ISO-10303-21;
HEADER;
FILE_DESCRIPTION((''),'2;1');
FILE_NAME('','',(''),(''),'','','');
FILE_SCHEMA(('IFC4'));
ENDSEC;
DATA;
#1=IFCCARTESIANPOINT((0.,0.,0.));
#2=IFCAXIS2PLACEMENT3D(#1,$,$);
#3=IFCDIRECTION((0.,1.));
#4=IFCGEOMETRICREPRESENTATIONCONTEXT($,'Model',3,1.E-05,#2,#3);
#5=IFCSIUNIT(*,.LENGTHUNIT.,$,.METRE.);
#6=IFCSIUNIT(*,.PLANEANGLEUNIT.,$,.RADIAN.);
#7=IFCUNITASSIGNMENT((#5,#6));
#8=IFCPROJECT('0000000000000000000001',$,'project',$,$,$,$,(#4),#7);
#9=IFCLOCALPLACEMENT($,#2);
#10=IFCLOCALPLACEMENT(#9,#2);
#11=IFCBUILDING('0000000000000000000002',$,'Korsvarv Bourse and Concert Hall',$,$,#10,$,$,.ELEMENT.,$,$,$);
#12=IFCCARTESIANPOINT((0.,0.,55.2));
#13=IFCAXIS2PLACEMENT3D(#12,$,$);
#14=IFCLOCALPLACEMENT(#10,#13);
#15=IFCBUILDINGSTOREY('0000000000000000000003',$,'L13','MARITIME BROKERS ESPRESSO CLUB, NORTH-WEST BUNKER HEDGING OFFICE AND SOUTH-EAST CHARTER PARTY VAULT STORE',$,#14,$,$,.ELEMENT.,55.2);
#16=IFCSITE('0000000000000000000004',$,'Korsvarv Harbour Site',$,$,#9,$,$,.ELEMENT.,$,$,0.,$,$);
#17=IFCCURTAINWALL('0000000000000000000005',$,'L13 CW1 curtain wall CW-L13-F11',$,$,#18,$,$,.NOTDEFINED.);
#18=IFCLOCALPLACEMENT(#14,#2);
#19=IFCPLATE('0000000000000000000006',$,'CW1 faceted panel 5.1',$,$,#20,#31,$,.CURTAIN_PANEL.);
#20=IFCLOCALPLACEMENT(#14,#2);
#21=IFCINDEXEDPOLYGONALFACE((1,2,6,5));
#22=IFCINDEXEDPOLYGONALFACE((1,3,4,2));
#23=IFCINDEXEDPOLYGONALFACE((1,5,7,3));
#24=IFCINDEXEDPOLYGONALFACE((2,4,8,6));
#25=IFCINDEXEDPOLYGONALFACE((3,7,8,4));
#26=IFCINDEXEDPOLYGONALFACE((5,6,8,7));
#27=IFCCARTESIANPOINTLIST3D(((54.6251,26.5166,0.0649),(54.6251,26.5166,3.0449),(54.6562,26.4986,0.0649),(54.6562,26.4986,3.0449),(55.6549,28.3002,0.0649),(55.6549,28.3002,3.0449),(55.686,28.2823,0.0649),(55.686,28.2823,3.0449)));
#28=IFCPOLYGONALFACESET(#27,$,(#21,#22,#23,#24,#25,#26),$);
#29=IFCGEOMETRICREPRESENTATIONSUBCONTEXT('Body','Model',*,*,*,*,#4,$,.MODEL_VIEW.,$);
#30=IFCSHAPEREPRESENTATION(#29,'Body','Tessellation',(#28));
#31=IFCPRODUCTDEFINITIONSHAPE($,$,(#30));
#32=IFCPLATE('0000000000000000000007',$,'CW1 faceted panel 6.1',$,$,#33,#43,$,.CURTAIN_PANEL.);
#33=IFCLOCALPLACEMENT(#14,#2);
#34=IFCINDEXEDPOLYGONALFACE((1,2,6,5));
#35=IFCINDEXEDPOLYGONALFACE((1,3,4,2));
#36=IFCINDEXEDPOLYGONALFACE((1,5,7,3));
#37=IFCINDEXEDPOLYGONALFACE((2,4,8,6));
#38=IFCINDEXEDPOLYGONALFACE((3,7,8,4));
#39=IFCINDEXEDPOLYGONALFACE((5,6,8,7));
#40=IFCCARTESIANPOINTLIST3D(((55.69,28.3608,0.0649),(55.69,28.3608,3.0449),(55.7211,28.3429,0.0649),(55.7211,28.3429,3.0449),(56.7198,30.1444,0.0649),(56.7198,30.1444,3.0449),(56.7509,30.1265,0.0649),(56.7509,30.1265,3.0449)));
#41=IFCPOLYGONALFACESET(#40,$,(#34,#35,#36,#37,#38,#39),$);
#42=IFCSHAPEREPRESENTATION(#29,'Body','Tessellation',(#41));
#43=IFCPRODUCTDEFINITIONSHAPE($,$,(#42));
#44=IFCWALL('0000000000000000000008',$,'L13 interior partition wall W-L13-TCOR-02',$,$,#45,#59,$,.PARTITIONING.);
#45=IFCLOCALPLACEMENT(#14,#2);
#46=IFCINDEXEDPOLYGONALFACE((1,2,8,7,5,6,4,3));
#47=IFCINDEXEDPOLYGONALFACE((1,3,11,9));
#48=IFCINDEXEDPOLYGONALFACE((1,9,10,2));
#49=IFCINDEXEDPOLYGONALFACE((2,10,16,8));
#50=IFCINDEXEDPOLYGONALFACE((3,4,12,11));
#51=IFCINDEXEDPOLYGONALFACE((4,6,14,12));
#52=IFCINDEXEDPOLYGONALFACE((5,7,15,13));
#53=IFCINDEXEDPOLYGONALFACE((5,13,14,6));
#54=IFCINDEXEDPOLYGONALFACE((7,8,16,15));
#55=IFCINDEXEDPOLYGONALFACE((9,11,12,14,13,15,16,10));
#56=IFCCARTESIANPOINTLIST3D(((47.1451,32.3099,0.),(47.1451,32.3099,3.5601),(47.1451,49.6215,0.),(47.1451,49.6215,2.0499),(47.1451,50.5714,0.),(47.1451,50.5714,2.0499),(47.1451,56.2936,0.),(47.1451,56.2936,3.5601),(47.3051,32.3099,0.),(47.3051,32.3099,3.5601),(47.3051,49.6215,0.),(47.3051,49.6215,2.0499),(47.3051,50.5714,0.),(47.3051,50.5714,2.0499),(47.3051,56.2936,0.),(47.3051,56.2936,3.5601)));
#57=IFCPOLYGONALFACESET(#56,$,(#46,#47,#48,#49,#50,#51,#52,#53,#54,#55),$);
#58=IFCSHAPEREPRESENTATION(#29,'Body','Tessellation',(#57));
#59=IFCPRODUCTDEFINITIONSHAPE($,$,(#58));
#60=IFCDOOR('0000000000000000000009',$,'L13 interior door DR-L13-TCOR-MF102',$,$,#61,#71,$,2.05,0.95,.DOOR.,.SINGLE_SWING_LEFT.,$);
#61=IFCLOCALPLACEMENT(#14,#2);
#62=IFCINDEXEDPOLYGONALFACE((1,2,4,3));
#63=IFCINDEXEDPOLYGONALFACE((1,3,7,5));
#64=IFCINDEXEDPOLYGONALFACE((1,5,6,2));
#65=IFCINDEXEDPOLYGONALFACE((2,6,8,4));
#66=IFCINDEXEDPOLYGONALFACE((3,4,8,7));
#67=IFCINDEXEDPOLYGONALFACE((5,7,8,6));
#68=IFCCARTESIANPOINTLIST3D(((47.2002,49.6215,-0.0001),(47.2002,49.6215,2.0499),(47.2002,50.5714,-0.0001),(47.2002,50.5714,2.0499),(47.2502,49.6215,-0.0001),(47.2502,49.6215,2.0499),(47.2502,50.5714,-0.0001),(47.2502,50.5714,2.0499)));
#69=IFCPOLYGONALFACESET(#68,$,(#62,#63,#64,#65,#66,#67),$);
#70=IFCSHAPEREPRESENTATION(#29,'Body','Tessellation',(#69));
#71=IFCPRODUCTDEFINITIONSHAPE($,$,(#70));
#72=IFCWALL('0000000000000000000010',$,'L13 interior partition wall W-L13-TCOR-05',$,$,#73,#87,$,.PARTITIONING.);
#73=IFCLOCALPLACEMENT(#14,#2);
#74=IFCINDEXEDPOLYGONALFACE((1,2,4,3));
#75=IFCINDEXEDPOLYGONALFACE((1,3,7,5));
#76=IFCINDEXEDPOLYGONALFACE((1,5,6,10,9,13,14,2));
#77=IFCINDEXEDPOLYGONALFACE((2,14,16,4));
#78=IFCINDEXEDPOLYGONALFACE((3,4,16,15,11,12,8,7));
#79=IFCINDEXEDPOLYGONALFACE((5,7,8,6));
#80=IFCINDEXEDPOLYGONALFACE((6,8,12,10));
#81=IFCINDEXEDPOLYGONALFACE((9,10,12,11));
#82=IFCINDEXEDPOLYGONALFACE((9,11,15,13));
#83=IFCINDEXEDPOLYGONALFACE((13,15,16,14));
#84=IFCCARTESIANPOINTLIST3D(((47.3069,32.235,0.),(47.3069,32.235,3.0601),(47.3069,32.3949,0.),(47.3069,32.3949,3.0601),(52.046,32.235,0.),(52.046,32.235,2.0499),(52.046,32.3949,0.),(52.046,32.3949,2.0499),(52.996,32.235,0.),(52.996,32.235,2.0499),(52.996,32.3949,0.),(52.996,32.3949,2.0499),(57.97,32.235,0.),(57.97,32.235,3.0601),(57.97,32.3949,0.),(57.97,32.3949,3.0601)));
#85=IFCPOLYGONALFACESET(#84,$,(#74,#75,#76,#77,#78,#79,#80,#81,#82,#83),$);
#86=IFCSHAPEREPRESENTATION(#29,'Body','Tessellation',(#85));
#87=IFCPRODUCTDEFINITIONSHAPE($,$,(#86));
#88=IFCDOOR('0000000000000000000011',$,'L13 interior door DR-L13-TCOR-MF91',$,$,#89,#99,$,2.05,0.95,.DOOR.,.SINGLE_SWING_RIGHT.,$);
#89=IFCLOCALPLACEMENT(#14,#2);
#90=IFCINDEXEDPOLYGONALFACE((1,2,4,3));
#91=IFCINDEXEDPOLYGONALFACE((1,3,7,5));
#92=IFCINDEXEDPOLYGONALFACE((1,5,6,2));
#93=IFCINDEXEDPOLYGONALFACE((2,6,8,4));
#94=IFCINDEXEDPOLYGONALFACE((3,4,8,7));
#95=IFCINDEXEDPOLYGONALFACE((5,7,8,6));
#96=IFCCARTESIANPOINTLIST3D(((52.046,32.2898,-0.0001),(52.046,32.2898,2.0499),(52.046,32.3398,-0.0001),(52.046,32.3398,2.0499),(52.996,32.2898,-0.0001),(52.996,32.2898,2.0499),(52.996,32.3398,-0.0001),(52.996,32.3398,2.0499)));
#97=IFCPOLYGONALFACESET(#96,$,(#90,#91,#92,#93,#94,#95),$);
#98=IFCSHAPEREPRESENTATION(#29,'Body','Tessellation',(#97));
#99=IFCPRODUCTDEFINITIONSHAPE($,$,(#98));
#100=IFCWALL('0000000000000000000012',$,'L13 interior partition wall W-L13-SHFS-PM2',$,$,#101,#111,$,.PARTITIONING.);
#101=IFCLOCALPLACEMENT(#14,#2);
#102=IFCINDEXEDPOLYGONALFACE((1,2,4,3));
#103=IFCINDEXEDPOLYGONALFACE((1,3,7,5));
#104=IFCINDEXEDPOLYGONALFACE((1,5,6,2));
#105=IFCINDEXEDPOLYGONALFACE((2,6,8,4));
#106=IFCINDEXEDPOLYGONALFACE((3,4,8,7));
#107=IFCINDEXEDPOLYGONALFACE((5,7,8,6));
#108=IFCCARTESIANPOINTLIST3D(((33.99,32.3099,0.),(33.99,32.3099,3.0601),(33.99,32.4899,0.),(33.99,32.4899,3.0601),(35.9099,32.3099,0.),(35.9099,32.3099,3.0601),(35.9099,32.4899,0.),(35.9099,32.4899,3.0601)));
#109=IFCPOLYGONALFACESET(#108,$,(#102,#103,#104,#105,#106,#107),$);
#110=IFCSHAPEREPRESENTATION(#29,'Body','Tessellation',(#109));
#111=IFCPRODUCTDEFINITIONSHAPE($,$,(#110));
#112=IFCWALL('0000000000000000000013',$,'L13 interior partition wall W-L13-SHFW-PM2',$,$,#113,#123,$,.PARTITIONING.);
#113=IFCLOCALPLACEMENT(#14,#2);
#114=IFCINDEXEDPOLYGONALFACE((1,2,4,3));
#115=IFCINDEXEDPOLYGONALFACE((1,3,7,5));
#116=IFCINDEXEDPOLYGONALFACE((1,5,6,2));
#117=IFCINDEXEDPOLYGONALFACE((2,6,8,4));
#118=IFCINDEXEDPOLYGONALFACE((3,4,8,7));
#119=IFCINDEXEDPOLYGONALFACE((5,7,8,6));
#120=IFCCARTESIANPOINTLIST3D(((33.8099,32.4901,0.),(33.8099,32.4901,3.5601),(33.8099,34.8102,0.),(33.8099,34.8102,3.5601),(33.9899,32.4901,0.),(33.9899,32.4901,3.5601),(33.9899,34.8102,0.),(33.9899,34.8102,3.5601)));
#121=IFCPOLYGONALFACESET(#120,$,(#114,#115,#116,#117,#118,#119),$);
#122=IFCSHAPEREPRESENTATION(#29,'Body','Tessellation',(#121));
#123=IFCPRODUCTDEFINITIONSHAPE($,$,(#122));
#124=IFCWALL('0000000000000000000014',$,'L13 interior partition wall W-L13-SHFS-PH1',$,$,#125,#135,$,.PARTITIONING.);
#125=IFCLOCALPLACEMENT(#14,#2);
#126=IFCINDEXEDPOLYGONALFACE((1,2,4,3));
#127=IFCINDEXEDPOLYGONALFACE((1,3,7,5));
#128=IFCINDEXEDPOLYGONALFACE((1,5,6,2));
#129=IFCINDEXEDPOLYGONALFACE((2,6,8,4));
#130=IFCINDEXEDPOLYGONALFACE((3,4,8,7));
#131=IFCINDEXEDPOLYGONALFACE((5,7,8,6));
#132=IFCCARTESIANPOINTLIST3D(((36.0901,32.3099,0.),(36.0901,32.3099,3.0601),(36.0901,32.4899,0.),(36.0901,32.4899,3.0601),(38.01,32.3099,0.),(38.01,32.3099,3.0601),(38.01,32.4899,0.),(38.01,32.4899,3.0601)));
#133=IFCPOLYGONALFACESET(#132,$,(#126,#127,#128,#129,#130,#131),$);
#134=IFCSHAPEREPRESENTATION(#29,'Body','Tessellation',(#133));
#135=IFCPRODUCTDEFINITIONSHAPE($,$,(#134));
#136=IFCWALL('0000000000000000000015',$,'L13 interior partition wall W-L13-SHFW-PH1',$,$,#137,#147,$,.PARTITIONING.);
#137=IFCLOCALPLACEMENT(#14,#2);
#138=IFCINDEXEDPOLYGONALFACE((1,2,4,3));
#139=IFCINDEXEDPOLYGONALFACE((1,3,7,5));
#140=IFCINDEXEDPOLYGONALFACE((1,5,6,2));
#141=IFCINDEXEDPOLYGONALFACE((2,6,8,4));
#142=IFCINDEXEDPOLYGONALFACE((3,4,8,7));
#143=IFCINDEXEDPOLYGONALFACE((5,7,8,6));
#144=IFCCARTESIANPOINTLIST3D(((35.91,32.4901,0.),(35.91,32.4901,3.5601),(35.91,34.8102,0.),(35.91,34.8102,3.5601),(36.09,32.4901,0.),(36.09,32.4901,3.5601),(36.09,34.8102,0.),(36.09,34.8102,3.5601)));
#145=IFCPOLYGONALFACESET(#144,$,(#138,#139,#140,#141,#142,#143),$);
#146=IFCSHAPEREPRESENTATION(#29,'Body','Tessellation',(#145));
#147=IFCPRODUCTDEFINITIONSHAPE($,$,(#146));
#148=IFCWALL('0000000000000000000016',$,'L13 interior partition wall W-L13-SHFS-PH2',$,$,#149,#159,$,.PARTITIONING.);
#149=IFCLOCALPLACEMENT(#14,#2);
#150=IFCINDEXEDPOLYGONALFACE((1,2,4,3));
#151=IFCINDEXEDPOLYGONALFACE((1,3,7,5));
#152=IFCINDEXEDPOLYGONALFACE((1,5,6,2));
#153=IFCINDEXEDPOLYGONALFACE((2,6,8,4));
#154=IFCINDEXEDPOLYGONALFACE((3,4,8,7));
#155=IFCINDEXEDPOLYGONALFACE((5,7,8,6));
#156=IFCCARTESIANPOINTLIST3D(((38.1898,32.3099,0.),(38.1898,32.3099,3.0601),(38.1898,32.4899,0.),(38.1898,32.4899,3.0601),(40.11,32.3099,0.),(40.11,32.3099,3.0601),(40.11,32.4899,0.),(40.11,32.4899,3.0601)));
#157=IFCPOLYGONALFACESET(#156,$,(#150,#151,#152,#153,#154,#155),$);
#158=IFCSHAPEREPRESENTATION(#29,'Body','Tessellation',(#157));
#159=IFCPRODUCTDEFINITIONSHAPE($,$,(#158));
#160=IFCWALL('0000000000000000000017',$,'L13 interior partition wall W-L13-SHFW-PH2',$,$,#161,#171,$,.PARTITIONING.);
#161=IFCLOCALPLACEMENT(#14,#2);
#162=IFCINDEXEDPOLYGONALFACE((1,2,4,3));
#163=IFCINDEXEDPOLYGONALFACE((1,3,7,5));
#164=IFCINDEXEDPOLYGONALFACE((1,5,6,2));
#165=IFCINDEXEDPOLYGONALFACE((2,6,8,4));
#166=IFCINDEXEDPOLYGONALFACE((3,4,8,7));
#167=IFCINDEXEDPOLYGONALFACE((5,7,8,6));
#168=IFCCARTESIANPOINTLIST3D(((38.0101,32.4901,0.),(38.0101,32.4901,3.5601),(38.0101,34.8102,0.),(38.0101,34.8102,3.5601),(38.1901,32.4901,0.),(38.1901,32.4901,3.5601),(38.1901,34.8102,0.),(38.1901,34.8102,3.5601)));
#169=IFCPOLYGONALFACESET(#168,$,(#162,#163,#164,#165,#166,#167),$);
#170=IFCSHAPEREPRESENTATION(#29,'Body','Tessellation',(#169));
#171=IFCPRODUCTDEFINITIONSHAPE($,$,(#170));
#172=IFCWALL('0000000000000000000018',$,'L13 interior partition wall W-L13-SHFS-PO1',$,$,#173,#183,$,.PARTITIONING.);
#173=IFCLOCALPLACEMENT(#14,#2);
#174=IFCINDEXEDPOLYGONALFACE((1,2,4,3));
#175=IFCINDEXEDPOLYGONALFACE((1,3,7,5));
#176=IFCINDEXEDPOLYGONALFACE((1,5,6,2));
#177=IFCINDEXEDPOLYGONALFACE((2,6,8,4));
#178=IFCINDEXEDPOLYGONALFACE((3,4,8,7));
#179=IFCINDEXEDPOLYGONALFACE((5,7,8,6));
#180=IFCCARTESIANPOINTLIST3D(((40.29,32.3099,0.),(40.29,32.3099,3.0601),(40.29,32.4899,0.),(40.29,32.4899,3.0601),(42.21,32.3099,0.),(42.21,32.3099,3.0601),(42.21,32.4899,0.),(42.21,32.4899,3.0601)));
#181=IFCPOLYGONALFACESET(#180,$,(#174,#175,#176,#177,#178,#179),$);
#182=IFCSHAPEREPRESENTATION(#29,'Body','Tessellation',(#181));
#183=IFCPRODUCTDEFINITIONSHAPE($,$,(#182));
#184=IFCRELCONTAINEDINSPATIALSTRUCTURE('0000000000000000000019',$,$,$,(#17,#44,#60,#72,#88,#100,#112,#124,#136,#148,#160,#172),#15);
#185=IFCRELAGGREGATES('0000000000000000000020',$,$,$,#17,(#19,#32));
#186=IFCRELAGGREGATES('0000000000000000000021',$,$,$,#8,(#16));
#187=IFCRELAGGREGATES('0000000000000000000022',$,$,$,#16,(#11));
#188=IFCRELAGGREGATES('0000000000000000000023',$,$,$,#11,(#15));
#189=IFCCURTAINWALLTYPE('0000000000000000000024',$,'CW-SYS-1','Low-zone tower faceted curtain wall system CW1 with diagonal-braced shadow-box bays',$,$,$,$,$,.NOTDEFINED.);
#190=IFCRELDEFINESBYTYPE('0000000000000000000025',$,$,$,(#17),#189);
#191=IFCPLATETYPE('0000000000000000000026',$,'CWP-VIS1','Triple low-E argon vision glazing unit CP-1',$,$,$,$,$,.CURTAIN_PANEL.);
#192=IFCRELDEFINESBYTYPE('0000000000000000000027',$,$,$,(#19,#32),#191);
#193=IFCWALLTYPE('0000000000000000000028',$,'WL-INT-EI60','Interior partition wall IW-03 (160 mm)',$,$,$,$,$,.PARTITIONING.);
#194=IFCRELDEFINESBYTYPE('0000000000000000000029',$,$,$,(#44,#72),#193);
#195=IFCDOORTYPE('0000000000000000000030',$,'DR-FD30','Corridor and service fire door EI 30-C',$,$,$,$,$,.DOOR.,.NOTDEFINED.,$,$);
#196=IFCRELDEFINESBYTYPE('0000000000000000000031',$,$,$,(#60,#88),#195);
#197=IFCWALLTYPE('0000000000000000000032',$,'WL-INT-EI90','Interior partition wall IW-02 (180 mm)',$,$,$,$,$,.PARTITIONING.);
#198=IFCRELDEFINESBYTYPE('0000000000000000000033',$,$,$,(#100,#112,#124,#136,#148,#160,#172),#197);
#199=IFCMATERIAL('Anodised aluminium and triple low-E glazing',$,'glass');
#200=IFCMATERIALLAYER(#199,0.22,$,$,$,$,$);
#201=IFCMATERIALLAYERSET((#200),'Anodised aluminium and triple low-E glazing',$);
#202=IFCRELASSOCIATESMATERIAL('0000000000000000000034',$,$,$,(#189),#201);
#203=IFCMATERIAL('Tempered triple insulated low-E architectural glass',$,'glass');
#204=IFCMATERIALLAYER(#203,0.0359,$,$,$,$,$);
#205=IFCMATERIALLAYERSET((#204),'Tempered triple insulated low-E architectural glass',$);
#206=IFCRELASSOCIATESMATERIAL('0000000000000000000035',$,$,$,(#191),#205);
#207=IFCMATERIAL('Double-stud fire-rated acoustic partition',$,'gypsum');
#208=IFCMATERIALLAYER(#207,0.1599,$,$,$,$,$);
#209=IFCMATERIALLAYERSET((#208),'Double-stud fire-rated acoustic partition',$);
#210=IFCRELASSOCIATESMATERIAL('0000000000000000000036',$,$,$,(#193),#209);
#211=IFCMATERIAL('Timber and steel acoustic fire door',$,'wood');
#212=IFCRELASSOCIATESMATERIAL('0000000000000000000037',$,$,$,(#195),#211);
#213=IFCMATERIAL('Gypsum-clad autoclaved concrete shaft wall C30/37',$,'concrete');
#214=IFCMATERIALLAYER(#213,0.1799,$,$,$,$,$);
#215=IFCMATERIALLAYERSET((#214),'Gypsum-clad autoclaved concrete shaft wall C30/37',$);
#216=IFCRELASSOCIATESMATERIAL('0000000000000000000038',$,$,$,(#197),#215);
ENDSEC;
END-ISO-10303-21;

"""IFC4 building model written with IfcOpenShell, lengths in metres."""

from ifc_helpers import new_model, si_unit, direction, frame, frame_2d, origin, origin_2d, place, context, subcontext, project, spatial, rectangle, extrude, source, transform, mapped, material, layer, layer_set, type_object, element, fill, aggregate, save


model = new_model("IFC4")

# Units and contexts
model_context = context("Model", 3, precision=1e-05, world=origin(), true_north=direction((0.0, 1.0)))
body_context = subcontext(model_context, "Body", "Model", "MODEL_VIEW")
ifc_project = project(units=[si_unit("LENGTHUNIT", "METRE"), si_unit("PLANEANGLEUNIT", "RADIAN")], contexts=[model_context])

# Site, building, storey
site_placement = place(None, origin())
site = spatial("IfcSite", under=ifc_project, at=site_placement, Name="Korsvarv Harbour Site", CompositionType="ELEMENT", RefElevation=0.0)
building_placement = place(site_placement, origin())
building = spatial("IfcBuilding", under=site, at=building_placement, Name="Korsvarv Bourse and Concert Hall", CompositionType="ELEMENT")
storey_placement = place(building_placement, frame((0.0, 0.0, 55.2)))
storey = spatial("IfcBuildingStorey", under=building, at=storey_placement, Name="L13", Description="MARITIME BROKERS ESPRESSO CLUB, NORTH-WEST BUNKER HEDGING OFFICE AND SOUTH-EAST CHARTER PARTY VAULT STORE", CompositionType="ELEMENT", Elevation=55.2)

# Curtain wall, plates
ifc_material_1 = material(Name="Anodised aluminium and triple low-E glazing", Category="glass")
ifc_layer_1 = layer(ifc_material_1, 0.22)
ifc_layer_set_1 = layer_set([ifc_layer_1], Name="Anodised aluminium and triple low-E glazing")
curtain_wall_type = type_object("IfcCurtainWallType", Name="CW-SYS-1", Description="Low-zone tower faceted curtain wall system CW1 with diagonal-braced shadow-box bays", PredefinedType="NOTDEFINED", material=ifc_layer_set_1)
curtain_wall_placement = place(storey_placement, origin())
curtain_wall = element("IfcCurtainWall", 1, at=curtain_wall_placement, inside=storey, type_object=curtain_wall_type, Name="L13 CW1 curtain wall CW-L13-F11", PredefinedType="NOTDEFINED")
ifc_material_2 = material(Name="Tempered triple insulated low-E architectural glass", Category="glass")
ifc_layer_2 = layer(ifc_material_2, 0.0359)
ifc_layer_set_2 = layer_set([ifc_layer_2], Name="Tempered triple insulated low-E architectural glass")
plate_type_1 = type_object("IfcPlateType", Name="CWP-VIS1", Description="Triple low-E argon vision glazing unit CP-1", PredefinedType="CURTAIN_PANEL", material=ifc_layer_set_2)
shared_shape_1 = source(origin(), body_context, "Body", "SweptSolid", [
    extrude(rectangle(XDim=2.0596, YDim=0.0359, at=origin_2d()), origin(), (0.0, 0.0, 1.0), 2.98),
])
plate_1_placement = place(storey_placement, frame((55.1555, 27.3994, 0.0649), z_axis=(0.0, 0.0, 1.0), x_axis=(0.5, 0.866025, 0.0)))
plate_1 = element("IfcPlate", 2, at=plate_1_placement, type_object=plate_type_1, Name="CW1 faceted panel 5.1", PredefinedType="CURTAIN_PANEL", context=body_context, shape_type="MappedRepresentation", body=[
    mapped(shared_shape_1, transform((0.0, 0.0, 0.0), scale=1.0)),
])
plate_2_placement = place(storey_placement, frame((56.2205, 29.2437, 0.0649), z_axis=(0.0, 0.0, 1.0), x_axis=(0.5, 0.866025, 0.0)))
plate_2 = element("IfcPlate", 3, at=plate_2_placement, type_object=plate_type_1, Name="CW1 faceted panel 6.1", PredefinedType="CURTAIN_PANEL", context=body_context, shape_type="MappedRepresentation", body=[
    mapped(shared_shape_1, transform((0.0, 0.0, 0.0), scale=1.0)),
])
aggregate(curtain_wall, [plate_1, plate_2])

# Walls, openings, doors
ifc_material_3 = material(Name="Double-stud fire-rated acoustic partition", Category="gypsum")
ifc_layer_3 = layer(ifc_material_3, 0.1599)
ifc_layer_set_3 = layer_set([ifc_layer_3], Name="Double-stud fire-rated acoustic partition")
wall_type_1 = type_object("IfcWallType", Name="WL-INT-EI60", Description="Interior partition wall IW-03 (160 mm)", PredefinedType="PARTITIONING", material=ifc_layer_set_3)
wall_1_placement = place(storey_placement, frame((47.2251, 32.3101, 0.0), z_axis=(0.0, 0.0, 1.0), x_axis=(0.0, 1.0, 0.0)))
wall_1 = element("IfcWall", 4, at=wall_1_placement, inside=storey, type_object=wall_type_1, Name="L13 interior partition wall W-L13-TCOR-02", PredefinedType="PARTITIONING", context=body_context, shape_type="SweptSolid", body=[
    extrude(rectangle(XDim=23.9836, YDim=0.1599, at=frame_2d((11.9917, 0.0))), origin(), (0.0, 0.0, 1.0), 3.5601),
])
opening_1_placement = place(wall_1_placement, frame((17.3113, 0.0, 0.0)))
opening_1 = element("IfcOpeningElement", 5, at=opening_1_placement, cuts=wall_1, PredefinedType="OPENING", context=body_context, shape_type="SweptSolid", body=[
    extrude(rectangle(XDim=0.95, YDim=2.05, at=frame_2d((0.4751, 1.0249))), frame((0.0, 0.0898, 0.0), z_axis=(0.0, -1.0, 0.0), x_axis=(1.0, 0.0, 0.0)), (0.0, 0.0, 1.0), 0.1799),
])
ifc_material_4 = material(Name="Timber and steel acoustic fire door", Category="wood")
door_type = type_object("IfcDoorType", Name="DR-FD30", Description="Corridor and service fire door EI 30-C", OperationType="NOTDEFINED", PredefinedType="DOOR", material=ifc_material_4)
door_1_placement = place(opening_1_placement, origin())
door_1 = element("IfcDoor", 6, at=door_1_placement, inside=storey, type_object=door_type, Name="L13 interior door DR-L13-TCOR-MF102", OperationType="SINGLE_SWING_LEFT", OverallHeight=2.05, OverallWidth=0.95, PredefinedType="DOOR", context=body_context, shape_type="SweptSolid", body=[
    extrude(rectangle(XDim=0.95, YDim=2.05, at=frame_2d((0.4751, 1.0249))), frame((0.0, 0.0249, 0.0), z_axis=(0.0, -1.0, 0.0), x_axis=(1.0, 0.0, 0.0)), (0.0, 0.0, 1.0), 0.05),
])
fill(opening_1, door_1)
wall_2_placement = place(storey_placement, frame((47.3069, 32.3149, 0.0), z_axis=(0.0, 0.0, 1.0), x_axis=(1.0, 0.0, 0.0)))
wall_2 = element("IfcWall", 7, at=wall_2_placement, inside=storey, type_object=wall_type_1, Name="L13 interior partition wall W-L13-TCOR-05", PredefinedType="PARTITIONING", context=body_context, shape_type="SweptSolid", body=[
    extrude(rectangle(XDim=10.6631, YDim=0.1599, at=frame_2d((5.3315, 0.0))), origin(), (0.0, 0.0, 1.0), 3.0601),
])
opening_2_placement = place(wall_2_placement, frame((4.739, 0.0, 0.0)))
opening_2 = element("IfcOpeningElement", 8, at=opening_2_placement, cuts=wall_2, PredefinedType="OPENING", context=body_context, shape_type="SweptSolid", body=[
    extrude(rectangle(XDim=0.95, YDim=2.05, at=frame_2d((0.4751, 1.0249))), frame((0.0, 0.0898, 0.0), z_axis=(0.0, -1.0, 0.0), x_axis=(1.0, 0.0, 0.0)), (0.0, 0.0, 1.0), 0.1799),
])
door_2_placement = place(opening_2_placement, origin())
door_2 = element("IfcDoor", 9, at=door_2_placement, inside=storey, type_object=door_type, Name="L13 interior door DR-L13-TCOR-MF91", OperationType="SINGLE_SWING_RIGHT", OverallHeight=2.05, OverallWidth=0.95, PredefinedType="DOOR", context=body_context, shape_type="SweptSolid", body=[
    extrude(rectangle(XDim=0.95, YDim=2.05, at=frame_2d((0.4751, 1.0249))), frame((0.0, 0.0249, 0.0), z_axis=(0.0, -1.0, 0.0), x_axis=(1.0, 0.0, 0.0)), (0.0, 0.0, 1.0), 0.05),
])
fill(opening_2, door_2)

# Walls
ifc_material_5 = material(Name="Gypsum-clad autoclaved concrete shaft wall C30/37", Category="concrete")
ifc_layer_4 = layer(ifc_material_5, 0.1799)
ifc_layer_set_4 = layer_set([ifc_layer_4], Name="Gypsum-clad autoclaved concrete shaft wall C30/37")
wall_type_2 = type_object("IfcWallType", Name="WL-INT-EI90", Description="Interior partition wall IW-02 (180 mm)", PredefinedType="PARTITIONING", material=ifc_layer_set_4)
wall_3_placement = place(storey_placement, frame((33.99, 32.3999, 0.0), z_axis=(0.0, 0.0, 1.0), x_axis=(1.0, 0.0, 0.0)))
element("IfcWall", 10, at=wall_3_placement, inside=storey, type_object=wall_type_2, Name="L13 interior partition wall W-L13-SHFS-PM2", PredefinedType="PARTITIONING", context=body_context, shape_type="SweptSolid", body=[
    extrude(rectangle(XDim=1.9199, YDim=0.1799, at=frame_2d((0.96, 0.0))), origin(), (0.0, 0.0, 1.0), 3.0601),
])
wall_4_placement = place(storey_placement, frame((33.8999, 32.49, 0.0), z_axis=(0.0, 0.0, 1.0), x_axis=(0.0, 1.0, 0.0)))
element("IfcWall", 11, at=wall_4_placement, inside=storey, type_object=wall_type_2, Name="L13 interior partition wall W-L13-SHFW-PM2", PredefinedType="PARTITIONING", context=body_context, shape_type="SweptSolid", body=[
    extrude(rectangle(XDim=2.3201, YDim=0.1799, at=frame_2d((1.1602, 0.0))), origin(), (0.0, 0.0, 1.0), 3.5601),
])
wall_5_placement = place(storey_placement, frame((36.0901, 32.3999, 0.0), z_axis=(0.0, 0.0, 1.0), x_axis=(1.0, 0.0, 0.0)))
element("IfcWall", 12, at=wall_5_placement, inside=storey, type_object=wall_type_2, Name="L13 interior partition wall W-L13-SHFS-PH1", PredefinedType="PARTITIONING", context=body_context, shape_type="SweptSolid", body=[
    extrude(rectangle(XDim=1.9199, YDim=0.1799, at=frame_2d((0.96, 0.0))), origin(), (0.0, 0.0, 1.0), 3.0601),
])
wall_6_placement = place(storey_placement, frame((36.0, 32.49, 0.0), z_axis=(0.0, 0.0, 1.0), x_axis=(0.0, 1.0, 0.0)))
element("IfcWall", 13, at=wall_6_placement, inside=storey, type_object=wall_type_2, Name="L13 interior partition wall W-L13-SHFW-PH1", PredefinedType="PARTITIONING", context=body_context, shape_type="SweptSolid", body=[
    extrude(rectangle(XDim=2.3201, YDim=0.1799, at=frame_2d((1.1602, 0.0))), origin(), (0.0, 0.0, 1.0), 3.5601),
])
wall_7_placement = place(storey_placement, frame((38.1899, 32.3999, 0.0), z_axis=(0.0, 0.0, 1.0), x_axis=(1.0, 0.0, 0.0)))
element("IfcWall", 14, at=wall_7_placement, inside=storey, type_object=wall_type_2, Name="L13 interior partition wall W-L13-SHFS-PH2", PredefinedType="PARTITIONING", context=body_context, shape_type="SweptSolid", body=[
    extrude(rectangle(XDim=1.9202, YDim=0.1799, at=frame_2d((0.96, 0.0))), origin(), (0.0, 0.0, 1.0), 3.0601),
])
wall_8_placement = place(storey_placement, frame((38.1001, 32.49, 0.0), z_axis=(0.0, 0.0, 1.0), x_axis=(0.0, 1.0, 0.0)))
element("IfcWall", 15, at=wall_8_placement, inside=storey, type_object=wall_type_2, Name="L13 interior partition wall W-L13-SHFW-PH2", PredefinedType="PARTITIONING", context=body_context, shape_type="SweptSolid", body=[
    extrude(rectangle(XDim=2.3201, YDim=0.1799, at=frame_2d((1.1602, 0.0))), origin(), (0.0, 0.0, 1.0), 3.5601),
])
wall_9_placement = place(storey_placement, frame((40.29, 32.3999, 0.0), z_axis=(0.0, 0.0, 1.0), x_axis=(1.0, 0.0, 0.0)))
element("IfcWall", 16, at=wall_9_placement, inside=storey, type_object=wall_type_2, Name="L13 interior partition wall W-L13-SHFS-PO1", PredefinedType="PARTITIONING", context=body_context, shape_type="SweptSolid", body=[
    extrude(rectangle(XDim=1.9199, YDim=0.1799, at=frame_2d((0.96, 0.0))), origin(), (0.0, 0.0, 1.0), 3.0601),
])

save(model, "model.ifc")
